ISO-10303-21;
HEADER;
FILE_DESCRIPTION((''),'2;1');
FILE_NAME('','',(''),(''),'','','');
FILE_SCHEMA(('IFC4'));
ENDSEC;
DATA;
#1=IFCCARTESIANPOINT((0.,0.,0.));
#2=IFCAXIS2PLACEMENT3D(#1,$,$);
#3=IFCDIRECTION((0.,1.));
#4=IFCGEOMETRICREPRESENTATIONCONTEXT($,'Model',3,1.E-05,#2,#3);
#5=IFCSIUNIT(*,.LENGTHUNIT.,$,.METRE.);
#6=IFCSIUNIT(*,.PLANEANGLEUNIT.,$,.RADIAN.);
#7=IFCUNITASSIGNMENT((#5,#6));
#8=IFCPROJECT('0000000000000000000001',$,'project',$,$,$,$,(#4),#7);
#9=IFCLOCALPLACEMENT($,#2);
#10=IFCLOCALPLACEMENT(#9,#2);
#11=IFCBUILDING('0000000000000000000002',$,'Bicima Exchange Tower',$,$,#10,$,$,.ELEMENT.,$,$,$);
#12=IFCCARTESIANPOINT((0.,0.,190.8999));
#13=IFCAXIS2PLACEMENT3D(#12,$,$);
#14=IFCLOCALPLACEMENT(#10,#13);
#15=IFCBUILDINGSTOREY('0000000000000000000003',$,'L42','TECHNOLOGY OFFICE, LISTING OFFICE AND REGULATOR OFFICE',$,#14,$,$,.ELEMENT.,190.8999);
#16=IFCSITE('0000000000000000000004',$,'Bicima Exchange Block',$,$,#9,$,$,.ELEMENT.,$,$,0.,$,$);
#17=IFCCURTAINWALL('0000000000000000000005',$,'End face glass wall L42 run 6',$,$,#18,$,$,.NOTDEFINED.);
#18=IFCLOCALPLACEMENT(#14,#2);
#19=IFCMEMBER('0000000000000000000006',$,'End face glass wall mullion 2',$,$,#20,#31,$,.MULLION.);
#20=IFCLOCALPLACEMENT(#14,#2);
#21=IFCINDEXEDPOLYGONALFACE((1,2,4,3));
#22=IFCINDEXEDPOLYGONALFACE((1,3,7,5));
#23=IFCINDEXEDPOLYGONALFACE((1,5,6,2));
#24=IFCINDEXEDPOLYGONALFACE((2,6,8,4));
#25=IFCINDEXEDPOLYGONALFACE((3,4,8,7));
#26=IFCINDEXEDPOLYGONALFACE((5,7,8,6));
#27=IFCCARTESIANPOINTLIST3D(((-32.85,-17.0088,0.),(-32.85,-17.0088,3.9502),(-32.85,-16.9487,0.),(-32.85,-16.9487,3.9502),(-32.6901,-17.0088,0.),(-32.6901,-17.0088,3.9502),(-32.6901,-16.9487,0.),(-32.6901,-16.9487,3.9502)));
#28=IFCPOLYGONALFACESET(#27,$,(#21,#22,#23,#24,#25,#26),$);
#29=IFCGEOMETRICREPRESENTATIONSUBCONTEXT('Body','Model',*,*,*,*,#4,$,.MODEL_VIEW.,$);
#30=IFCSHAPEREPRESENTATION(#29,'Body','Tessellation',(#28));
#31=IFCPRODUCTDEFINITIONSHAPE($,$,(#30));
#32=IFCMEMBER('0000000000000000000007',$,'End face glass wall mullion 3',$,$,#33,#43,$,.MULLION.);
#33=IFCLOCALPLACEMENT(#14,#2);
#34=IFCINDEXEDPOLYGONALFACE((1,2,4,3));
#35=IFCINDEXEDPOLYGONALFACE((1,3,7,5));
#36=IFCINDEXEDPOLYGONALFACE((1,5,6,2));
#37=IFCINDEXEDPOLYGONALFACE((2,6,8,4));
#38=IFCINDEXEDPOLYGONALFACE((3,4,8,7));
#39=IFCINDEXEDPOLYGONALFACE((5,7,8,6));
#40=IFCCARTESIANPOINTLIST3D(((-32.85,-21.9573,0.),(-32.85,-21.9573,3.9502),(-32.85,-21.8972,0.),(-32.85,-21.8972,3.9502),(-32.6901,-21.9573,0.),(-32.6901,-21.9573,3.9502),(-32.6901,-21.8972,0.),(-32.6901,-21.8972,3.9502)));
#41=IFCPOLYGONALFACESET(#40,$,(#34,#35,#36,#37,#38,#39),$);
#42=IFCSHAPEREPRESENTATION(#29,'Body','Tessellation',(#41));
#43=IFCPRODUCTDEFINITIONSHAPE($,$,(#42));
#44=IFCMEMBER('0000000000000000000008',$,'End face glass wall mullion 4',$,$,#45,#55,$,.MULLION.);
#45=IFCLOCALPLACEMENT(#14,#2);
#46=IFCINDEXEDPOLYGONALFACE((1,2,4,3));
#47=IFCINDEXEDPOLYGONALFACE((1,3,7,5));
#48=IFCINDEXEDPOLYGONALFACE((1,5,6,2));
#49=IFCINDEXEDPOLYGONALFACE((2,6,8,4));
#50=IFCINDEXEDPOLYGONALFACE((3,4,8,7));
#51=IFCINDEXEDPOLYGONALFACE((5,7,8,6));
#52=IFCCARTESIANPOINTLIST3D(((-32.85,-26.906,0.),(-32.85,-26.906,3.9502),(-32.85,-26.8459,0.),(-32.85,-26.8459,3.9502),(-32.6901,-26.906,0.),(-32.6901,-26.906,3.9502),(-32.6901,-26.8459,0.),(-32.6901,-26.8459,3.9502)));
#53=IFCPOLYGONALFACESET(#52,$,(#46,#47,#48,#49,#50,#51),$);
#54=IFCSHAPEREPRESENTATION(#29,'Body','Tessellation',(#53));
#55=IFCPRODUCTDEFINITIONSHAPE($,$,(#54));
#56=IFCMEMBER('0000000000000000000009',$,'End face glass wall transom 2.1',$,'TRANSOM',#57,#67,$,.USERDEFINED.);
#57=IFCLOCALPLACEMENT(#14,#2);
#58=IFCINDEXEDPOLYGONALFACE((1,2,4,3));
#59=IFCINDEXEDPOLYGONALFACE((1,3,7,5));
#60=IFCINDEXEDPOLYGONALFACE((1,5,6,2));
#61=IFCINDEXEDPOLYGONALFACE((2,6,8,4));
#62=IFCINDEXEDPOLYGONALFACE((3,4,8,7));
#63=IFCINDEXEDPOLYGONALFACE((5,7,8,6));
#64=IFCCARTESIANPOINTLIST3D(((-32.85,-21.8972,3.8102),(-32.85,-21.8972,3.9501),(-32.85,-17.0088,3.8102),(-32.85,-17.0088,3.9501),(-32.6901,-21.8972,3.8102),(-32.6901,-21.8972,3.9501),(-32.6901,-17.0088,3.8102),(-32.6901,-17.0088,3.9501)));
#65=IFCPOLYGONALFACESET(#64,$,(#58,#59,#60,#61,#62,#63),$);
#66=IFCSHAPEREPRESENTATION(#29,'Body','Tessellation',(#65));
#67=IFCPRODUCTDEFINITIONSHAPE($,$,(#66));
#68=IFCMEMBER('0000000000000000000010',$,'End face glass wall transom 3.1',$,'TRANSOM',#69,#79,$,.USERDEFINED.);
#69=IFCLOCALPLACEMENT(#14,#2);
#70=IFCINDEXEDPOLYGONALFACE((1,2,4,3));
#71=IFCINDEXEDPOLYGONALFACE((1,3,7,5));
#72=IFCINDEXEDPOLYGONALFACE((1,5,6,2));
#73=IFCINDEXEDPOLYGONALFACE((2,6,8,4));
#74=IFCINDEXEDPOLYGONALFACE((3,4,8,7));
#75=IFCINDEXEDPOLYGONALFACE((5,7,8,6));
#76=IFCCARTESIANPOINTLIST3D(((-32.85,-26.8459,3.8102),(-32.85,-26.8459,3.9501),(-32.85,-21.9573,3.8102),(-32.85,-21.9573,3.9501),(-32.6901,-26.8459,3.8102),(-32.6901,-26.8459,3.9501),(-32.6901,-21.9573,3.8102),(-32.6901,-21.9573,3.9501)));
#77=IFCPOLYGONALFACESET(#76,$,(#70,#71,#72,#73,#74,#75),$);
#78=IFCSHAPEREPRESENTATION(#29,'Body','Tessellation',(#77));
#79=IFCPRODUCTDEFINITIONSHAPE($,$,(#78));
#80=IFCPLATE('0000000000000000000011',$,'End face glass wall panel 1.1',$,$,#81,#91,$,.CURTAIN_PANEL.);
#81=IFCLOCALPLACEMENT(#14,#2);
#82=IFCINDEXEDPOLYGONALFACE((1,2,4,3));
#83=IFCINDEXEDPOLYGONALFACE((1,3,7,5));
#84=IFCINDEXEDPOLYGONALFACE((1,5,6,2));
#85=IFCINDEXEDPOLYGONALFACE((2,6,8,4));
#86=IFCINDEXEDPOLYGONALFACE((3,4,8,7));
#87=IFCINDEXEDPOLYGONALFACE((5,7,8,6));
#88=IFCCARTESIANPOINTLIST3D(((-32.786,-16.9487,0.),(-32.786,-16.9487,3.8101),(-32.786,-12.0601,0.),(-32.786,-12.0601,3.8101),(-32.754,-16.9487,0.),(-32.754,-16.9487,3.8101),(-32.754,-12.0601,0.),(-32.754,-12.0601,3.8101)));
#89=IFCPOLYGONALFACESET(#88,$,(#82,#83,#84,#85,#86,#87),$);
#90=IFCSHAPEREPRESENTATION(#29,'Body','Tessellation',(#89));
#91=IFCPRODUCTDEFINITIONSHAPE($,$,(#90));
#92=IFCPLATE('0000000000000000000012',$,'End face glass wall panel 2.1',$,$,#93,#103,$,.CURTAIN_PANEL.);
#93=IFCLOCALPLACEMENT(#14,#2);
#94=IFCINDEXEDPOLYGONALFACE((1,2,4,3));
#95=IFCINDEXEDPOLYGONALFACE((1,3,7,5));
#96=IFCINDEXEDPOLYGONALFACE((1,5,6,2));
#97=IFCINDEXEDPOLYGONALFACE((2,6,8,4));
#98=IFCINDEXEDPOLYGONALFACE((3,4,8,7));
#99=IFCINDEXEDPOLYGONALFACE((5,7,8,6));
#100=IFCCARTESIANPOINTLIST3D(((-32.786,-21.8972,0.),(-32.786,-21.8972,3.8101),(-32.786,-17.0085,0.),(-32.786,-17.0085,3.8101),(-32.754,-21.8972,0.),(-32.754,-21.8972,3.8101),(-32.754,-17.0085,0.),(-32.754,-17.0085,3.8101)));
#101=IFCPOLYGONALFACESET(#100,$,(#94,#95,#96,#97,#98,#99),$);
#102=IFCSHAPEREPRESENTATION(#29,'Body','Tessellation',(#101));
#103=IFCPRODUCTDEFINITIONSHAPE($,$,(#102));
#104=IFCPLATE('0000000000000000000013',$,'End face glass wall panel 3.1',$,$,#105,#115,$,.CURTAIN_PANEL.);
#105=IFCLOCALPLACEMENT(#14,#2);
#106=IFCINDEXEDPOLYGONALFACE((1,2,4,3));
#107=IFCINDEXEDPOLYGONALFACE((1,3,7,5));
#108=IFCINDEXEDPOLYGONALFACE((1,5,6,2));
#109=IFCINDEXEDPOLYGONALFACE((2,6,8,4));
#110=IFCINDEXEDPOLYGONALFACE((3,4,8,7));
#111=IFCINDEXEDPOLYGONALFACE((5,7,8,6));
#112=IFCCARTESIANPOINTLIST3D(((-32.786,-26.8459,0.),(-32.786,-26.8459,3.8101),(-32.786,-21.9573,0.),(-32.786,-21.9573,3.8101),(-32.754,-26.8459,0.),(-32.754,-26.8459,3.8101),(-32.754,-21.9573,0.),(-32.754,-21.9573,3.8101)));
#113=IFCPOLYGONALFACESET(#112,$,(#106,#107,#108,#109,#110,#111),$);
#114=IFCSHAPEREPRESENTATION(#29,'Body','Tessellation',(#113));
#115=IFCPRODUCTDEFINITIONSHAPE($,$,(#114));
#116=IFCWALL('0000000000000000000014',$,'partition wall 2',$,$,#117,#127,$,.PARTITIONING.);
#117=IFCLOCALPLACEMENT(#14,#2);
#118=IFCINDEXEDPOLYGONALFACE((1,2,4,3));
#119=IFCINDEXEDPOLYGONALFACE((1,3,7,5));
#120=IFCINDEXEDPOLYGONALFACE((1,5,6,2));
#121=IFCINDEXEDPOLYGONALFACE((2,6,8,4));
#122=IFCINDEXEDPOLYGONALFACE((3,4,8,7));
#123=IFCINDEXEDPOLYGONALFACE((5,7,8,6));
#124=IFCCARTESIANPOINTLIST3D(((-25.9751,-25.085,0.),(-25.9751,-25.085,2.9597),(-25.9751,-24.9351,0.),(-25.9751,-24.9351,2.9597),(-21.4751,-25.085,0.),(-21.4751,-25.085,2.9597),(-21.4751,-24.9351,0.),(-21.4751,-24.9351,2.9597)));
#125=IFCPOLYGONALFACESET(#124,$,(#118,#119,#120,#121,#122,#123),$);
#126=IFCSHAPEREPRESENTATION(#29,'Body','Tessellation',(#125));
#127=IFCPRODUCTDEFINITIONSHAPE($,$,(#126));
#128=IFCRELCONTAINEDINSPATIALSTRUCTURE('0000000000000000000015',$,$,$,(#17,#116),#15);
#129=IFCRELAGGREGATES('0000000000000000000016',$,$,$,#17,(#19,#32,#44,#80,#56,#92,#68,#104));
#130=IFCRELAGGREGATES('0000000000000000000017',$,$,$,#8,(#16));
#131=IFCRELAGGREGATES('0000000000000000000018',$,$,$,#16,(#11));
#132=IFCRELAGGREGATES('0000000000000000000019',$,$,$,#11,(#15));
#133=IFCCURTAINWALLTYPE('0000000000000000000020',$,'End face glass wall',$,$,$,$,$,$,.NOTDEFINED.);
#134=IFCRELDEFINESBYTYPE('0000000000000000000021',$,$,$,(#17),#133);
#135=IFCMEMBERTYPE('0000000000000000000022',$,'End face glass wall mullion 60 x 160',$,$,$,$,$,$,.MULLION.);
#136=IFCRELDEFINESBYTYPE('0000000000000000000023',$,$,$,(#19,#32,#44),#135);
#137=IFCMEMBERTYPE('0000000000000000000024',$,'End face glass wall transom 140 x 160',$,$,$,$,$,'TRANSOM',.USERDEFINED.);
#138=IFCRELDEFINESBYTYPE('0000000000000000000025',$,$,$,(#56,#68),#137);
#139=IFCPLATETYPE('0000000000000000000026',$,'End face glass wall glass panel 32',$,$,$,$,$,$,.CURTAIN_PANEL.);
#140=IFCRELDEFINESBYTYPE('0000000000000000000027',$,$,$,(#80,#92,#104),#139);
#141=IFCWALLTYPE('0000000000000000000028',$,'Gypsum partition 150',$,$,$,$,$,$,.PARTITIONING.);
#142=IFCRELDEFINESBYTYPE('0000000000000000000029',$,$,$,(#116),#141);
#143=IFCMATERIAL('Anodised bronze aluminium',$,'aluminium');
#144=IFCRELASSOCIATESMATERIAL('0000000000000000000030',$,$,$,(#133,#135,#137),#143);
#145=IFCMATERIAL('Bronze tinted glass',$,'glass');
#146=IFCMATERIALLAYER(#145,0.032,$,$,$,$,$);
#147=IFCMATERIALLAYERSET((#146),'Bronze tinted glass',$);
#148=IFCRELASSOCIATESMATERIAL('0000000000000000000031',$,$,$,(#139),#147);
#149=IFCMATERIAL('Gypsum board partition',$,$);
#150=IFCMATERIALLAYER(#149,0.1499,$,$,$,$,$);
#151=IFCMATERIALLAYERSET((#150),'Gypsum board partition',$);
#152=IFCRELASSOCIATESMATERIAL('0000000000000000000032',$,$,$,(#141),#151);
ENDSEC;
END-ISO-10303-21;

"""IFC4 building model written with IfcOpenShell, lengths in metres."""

from ifc_helpers import new_model, si_unit, direction, frame, frame_2d, origin, origin_2d, place, context, subcontext, project, spatial, rectangle, extrude, material, layer, layer_set, material_profile, profile_set, type_object, element, aggregate, save


model = new_model("IFC4")

# Units and contexts
model_context = context("Model", 3, precision=1e-05, world=origin(), true_north=direction((0.0, 1.0)))
body_context = subcontext(model_context, "Body", "Model", "MODEL_VIEW")
ifc_project = project(units=[si_unit("LENGTHUNIT", "METRE"), si_unit("PLANEANGLEUNIT", "RADIAN")], contexts=[model_context])

# Site, building, storey
site_placement = place(None, origin())
site = spatial("IfcSite", under=ifc_project, at=site_placement, Name="Bicima Exchange Block", CompositionType="ELEMENT", RefElevation=0.0)
building_placement = place(site_placement, origin())
building = spatial("IfcBuilding", under=site, at=building_placement, Name="Bicima Exchange Tower", CompositionType="ELEMENT")
storey_placement = place(building_placement, frame((0.0, 0.0, 190.8999)))
storey = spatial("IfcBuildingStorey", under=building, at=storey_placement, Name="L42", Description="TECHNOLOGY OFFICE, LISTING OFFICE AND REGULATOR OFFICE", CompositionType="ELEMENT", Elevation=190.8999)

# Curtain wall, members, plates
ifc_material_1 = material(Name="Anodised bronze aluminium", Category="aluminium")
curtain_wall_type = type_object("IfcCurtainWallType", Name="End face glass wall", PredefinedType="NOTDEFINED", material=ifc_material_1)
curtain_wall_placement = place(storey_placement, origin())
curtain_wall = element("IfcCurtainWall", 1, at=curtain_wall_placement, inside=storey, type_object=curtain_wall_type, Name="End face glass wall L42 run 6", PredefinedType="NOTDEFINED")
ifc_material_profile_1 = material_profile(ifc_material_1, rectangle(XDim=0.1599, YDim=0.0601, at=origin_2d()))
ifc_profile_set_1 = profile_set([ifc_material_profile_1], Name="Anodised bronze aluminium")
member_type_1 = type_object("IfcMemberType", Name="End face glass wall mullion 60 x 160", PredefinedType="MULLION", material=ifc_profile_set_1)
member_1_placement = place(storey_placement, frame((-32.77, -16.9788, 0.0), z_axis=(0.0, 0.0, 1.0), x_axis=(1.0, 0.0, 0.0)))
member_1 = element("IfcMember", 2, at=member_1_placement, type_object=member_type_1, Name="End face glass wall mullion 2", PredefinedType="MULLION", context=body_context, shape_type="SweptSolid", body=[
    extrude(rectangle(XDim=0.1599, YDim=0.0601, at=origin_2d()), origin(), (0.0, 0.0, 1.0), 3.9502),
])
member_2_placement = place(storey_placement, frame((-32.77, -21.9272, 0.0), z_axis=(0.0, 0.0, 1.0), x_axis=(1.0, 0.0, 0.0)))
member_2 = element("IfcMember", 3, at=member_2_placement, type_object=member_type_1, Name="End face glass wall mullion 3", PredefinedType="MULLION", context=body_context, shape_type="SweptSolid", body=[
    extrude(rectangle(XDim=0.1599, YDim=0.0601, at=origin_2d()), origin(), (0.0, 0.0, 1.0), 3.9502),
])
member_3_placement = place(storey_placement, frame((-32.77, -26.876, 0.0), z_axis=(0.0, 0.0, 1.0), x_axis=(1.0, 0.0, 0.0)))
member_3 = element("IfcMember", 4, at=member_3_placement, type_object=member_type_1, Name="End face glass wall mullion 4", PredefinedType="MULLION", context=body_context, shape_type="SweptSolid", body=[
    extrude(rectangle(XDim=0.1599, YDim=0.0601, at=origin_2d()), origin(), (0.0, 0.0, 1.0), 3.9502),
])
ifc_material_profile_2 = material_profile(ifc_material_1, rectangle(XDim=0.1599, YDim=0.1399, at=origin_2d()))
ifc_profile_set_2 = profile_set([ifc_material_profile_2], Name="Anodised bronze aluminium")
member_type_2 = type_object("IfcMemberType", Name="End face glass wall transom 140 x 160", ElementType="TRANSOM", PredefinedType="USERDEFINED", material=ifc_profile_set_2)
member_4_placement = place(storey_placement, frame((-32.77, -17.0088, 3.8801), z_axis=(0.0, -1.0, 0.0), x_axis=(1.0, 0.0, 0.0)))
member_4 = element("IfcMember", 5, at=member_4_placement, type_object=member_type_2, Name="End face glass wall transom 2.1", ObjectType="TRANSOM", PredefinedType="USERDEFINED", context=body_context, shape_type="SweptSolid", body=[
    extrude(rectangle(XDim=0.1599, YDim=0.1399, at=origin_2d()), origin(), (0.0, 0.0, 1.0), 4.8884),
])
member_5_placement = place(storey_placement, frame((-32.77, -21.9573, 3.8801), z_axis=(0.0, -1.0, 0.0), x_axis=(1.0, 0.0, 0.0)))
member_5 = element("IfcMember", 6, at=member_5_placement, type_object=member_type_2, Name="End face glass wall transom 3.1", ObjectType="TRANSOM", PredefinedType="USERDEFINED", context=body_context, shape_type="SweptSolid", body=[
    extrude(rectangle(XDim=0.1599, YDim=0.1399, at=origin_2d()), origin(), (0.0, 0.0, 1.0), 4.8887),
])
ifc_material_2 = material(Name="Bronze tinted glass", Category="glass")
ifc_layer_1 = layer(ifc_material_2, 0.032)
ifc_layer_set_1 = layer_set([ifc_layer_1], Name="Bronze tinted glass")
plate_type = type_object("IfcPlateType", Name="End face glass wall glass panel 32", PredefinedType="CURTAIN_PANEL", material=ifc_layer_set_1)
plate_1_placement = place(storey_placement, frame((-32.77, -14.5044, 0.0), z_axis=(0.0, 0.0, 1.0), x_axis=(0.0, -1.0, 0.0)))
plate_1 = element("IfcPlate", 7, at=plate_1_placement, type_object=plate_type, Name="End face glass wall panel 1.1", PredefinedType="CURTAIN_PANEL", context=body_context, shape_type="SweptSolid", body=[
    extrude(rectangle(XDim=4.8887, YDim=0.032, at=origin_2d()), origin(), (0.0, 0.0, 1.0), 3.8101),
])
plate_2_placement = place(storey_placement, frame((-32.77, -19.4529, 0.0), z_axis=(0.0, 0.0, 1.0), x_axis=(0.0, -1.0, 0.0)))
plate_2 = element("IfcPlate", 8, at=plate_2_placement, type_object=plate_type, Name="End face glass wall panel 2.1", PredefinedType="CURTAIN_PANEL", context=body_context, shape_type="SweptSolid", body=[
    extrude(rectangle(XDim=4.8887, YDim=0.032, at=origin_2d()), origin(), (0.0, 0.0, 1.0), 3.8101),
])
plate_3_placement = place(storey_placement, frame((-32.77, -24.4016, 0.0), z_axis=(0.0, 0.0, 1.0), x_axis=(0.0, -1.0, 0.0)))
plate_3 = element("IfcPlate", 9, at=plate_3_placement, type_object=plate_type, Name="End face glass wall panel 3.1", PredefinedType="CURTAIN_PANEL", context=body_context, shape_type="SweptSolid", body=[
    extrude(rectangle(XDim=4.8887, YDim=0.032, at=origin_2d()), origin(), (0.0, 0.0, 1.0), 3.8101),
])
aggregate(curtain_wall, [member_1, member_2, member_3, plate_1, member_4, plate_2, member_5, plate_3])

# Shared definitions
ifc_material_3 = material(Name="Gypsum board partition")

# Wall
ifc_layer_2 = layer(ifc_material_3, 0.1499)
ifc_layer_set_2 = layer_set([ifc_layer_2], Name="Gypsum board partition")
wall_type_1 = type_object("IfcWallType", Name="Gypsum partition 150", PredefinedType="PARTITIONING", material=ifc_layer_set_2)
wall_1_placement = place(storey_placement, frame((-25.9751, -25.01, 0.0), z_axis=(0.0, 0.0, 1.0), x_axis=(1.0, 0.0, 0.0)))
element("IfcWall", 10, at=wall_1_placement, inside=storey, type_object=wall_type_1, Name="partition wall 2", PredefinedType="PARTITIONING", context=body_context, shape_type="SweptSolid", body=[
    extrude(rectangle(XDim=4.5, YDim=0.1499, at=frame_2d((2.25, 0.0))), origin(), (0.0, 0.0, 1.0), 2.9597),
])

save(model, "model.ifc")
